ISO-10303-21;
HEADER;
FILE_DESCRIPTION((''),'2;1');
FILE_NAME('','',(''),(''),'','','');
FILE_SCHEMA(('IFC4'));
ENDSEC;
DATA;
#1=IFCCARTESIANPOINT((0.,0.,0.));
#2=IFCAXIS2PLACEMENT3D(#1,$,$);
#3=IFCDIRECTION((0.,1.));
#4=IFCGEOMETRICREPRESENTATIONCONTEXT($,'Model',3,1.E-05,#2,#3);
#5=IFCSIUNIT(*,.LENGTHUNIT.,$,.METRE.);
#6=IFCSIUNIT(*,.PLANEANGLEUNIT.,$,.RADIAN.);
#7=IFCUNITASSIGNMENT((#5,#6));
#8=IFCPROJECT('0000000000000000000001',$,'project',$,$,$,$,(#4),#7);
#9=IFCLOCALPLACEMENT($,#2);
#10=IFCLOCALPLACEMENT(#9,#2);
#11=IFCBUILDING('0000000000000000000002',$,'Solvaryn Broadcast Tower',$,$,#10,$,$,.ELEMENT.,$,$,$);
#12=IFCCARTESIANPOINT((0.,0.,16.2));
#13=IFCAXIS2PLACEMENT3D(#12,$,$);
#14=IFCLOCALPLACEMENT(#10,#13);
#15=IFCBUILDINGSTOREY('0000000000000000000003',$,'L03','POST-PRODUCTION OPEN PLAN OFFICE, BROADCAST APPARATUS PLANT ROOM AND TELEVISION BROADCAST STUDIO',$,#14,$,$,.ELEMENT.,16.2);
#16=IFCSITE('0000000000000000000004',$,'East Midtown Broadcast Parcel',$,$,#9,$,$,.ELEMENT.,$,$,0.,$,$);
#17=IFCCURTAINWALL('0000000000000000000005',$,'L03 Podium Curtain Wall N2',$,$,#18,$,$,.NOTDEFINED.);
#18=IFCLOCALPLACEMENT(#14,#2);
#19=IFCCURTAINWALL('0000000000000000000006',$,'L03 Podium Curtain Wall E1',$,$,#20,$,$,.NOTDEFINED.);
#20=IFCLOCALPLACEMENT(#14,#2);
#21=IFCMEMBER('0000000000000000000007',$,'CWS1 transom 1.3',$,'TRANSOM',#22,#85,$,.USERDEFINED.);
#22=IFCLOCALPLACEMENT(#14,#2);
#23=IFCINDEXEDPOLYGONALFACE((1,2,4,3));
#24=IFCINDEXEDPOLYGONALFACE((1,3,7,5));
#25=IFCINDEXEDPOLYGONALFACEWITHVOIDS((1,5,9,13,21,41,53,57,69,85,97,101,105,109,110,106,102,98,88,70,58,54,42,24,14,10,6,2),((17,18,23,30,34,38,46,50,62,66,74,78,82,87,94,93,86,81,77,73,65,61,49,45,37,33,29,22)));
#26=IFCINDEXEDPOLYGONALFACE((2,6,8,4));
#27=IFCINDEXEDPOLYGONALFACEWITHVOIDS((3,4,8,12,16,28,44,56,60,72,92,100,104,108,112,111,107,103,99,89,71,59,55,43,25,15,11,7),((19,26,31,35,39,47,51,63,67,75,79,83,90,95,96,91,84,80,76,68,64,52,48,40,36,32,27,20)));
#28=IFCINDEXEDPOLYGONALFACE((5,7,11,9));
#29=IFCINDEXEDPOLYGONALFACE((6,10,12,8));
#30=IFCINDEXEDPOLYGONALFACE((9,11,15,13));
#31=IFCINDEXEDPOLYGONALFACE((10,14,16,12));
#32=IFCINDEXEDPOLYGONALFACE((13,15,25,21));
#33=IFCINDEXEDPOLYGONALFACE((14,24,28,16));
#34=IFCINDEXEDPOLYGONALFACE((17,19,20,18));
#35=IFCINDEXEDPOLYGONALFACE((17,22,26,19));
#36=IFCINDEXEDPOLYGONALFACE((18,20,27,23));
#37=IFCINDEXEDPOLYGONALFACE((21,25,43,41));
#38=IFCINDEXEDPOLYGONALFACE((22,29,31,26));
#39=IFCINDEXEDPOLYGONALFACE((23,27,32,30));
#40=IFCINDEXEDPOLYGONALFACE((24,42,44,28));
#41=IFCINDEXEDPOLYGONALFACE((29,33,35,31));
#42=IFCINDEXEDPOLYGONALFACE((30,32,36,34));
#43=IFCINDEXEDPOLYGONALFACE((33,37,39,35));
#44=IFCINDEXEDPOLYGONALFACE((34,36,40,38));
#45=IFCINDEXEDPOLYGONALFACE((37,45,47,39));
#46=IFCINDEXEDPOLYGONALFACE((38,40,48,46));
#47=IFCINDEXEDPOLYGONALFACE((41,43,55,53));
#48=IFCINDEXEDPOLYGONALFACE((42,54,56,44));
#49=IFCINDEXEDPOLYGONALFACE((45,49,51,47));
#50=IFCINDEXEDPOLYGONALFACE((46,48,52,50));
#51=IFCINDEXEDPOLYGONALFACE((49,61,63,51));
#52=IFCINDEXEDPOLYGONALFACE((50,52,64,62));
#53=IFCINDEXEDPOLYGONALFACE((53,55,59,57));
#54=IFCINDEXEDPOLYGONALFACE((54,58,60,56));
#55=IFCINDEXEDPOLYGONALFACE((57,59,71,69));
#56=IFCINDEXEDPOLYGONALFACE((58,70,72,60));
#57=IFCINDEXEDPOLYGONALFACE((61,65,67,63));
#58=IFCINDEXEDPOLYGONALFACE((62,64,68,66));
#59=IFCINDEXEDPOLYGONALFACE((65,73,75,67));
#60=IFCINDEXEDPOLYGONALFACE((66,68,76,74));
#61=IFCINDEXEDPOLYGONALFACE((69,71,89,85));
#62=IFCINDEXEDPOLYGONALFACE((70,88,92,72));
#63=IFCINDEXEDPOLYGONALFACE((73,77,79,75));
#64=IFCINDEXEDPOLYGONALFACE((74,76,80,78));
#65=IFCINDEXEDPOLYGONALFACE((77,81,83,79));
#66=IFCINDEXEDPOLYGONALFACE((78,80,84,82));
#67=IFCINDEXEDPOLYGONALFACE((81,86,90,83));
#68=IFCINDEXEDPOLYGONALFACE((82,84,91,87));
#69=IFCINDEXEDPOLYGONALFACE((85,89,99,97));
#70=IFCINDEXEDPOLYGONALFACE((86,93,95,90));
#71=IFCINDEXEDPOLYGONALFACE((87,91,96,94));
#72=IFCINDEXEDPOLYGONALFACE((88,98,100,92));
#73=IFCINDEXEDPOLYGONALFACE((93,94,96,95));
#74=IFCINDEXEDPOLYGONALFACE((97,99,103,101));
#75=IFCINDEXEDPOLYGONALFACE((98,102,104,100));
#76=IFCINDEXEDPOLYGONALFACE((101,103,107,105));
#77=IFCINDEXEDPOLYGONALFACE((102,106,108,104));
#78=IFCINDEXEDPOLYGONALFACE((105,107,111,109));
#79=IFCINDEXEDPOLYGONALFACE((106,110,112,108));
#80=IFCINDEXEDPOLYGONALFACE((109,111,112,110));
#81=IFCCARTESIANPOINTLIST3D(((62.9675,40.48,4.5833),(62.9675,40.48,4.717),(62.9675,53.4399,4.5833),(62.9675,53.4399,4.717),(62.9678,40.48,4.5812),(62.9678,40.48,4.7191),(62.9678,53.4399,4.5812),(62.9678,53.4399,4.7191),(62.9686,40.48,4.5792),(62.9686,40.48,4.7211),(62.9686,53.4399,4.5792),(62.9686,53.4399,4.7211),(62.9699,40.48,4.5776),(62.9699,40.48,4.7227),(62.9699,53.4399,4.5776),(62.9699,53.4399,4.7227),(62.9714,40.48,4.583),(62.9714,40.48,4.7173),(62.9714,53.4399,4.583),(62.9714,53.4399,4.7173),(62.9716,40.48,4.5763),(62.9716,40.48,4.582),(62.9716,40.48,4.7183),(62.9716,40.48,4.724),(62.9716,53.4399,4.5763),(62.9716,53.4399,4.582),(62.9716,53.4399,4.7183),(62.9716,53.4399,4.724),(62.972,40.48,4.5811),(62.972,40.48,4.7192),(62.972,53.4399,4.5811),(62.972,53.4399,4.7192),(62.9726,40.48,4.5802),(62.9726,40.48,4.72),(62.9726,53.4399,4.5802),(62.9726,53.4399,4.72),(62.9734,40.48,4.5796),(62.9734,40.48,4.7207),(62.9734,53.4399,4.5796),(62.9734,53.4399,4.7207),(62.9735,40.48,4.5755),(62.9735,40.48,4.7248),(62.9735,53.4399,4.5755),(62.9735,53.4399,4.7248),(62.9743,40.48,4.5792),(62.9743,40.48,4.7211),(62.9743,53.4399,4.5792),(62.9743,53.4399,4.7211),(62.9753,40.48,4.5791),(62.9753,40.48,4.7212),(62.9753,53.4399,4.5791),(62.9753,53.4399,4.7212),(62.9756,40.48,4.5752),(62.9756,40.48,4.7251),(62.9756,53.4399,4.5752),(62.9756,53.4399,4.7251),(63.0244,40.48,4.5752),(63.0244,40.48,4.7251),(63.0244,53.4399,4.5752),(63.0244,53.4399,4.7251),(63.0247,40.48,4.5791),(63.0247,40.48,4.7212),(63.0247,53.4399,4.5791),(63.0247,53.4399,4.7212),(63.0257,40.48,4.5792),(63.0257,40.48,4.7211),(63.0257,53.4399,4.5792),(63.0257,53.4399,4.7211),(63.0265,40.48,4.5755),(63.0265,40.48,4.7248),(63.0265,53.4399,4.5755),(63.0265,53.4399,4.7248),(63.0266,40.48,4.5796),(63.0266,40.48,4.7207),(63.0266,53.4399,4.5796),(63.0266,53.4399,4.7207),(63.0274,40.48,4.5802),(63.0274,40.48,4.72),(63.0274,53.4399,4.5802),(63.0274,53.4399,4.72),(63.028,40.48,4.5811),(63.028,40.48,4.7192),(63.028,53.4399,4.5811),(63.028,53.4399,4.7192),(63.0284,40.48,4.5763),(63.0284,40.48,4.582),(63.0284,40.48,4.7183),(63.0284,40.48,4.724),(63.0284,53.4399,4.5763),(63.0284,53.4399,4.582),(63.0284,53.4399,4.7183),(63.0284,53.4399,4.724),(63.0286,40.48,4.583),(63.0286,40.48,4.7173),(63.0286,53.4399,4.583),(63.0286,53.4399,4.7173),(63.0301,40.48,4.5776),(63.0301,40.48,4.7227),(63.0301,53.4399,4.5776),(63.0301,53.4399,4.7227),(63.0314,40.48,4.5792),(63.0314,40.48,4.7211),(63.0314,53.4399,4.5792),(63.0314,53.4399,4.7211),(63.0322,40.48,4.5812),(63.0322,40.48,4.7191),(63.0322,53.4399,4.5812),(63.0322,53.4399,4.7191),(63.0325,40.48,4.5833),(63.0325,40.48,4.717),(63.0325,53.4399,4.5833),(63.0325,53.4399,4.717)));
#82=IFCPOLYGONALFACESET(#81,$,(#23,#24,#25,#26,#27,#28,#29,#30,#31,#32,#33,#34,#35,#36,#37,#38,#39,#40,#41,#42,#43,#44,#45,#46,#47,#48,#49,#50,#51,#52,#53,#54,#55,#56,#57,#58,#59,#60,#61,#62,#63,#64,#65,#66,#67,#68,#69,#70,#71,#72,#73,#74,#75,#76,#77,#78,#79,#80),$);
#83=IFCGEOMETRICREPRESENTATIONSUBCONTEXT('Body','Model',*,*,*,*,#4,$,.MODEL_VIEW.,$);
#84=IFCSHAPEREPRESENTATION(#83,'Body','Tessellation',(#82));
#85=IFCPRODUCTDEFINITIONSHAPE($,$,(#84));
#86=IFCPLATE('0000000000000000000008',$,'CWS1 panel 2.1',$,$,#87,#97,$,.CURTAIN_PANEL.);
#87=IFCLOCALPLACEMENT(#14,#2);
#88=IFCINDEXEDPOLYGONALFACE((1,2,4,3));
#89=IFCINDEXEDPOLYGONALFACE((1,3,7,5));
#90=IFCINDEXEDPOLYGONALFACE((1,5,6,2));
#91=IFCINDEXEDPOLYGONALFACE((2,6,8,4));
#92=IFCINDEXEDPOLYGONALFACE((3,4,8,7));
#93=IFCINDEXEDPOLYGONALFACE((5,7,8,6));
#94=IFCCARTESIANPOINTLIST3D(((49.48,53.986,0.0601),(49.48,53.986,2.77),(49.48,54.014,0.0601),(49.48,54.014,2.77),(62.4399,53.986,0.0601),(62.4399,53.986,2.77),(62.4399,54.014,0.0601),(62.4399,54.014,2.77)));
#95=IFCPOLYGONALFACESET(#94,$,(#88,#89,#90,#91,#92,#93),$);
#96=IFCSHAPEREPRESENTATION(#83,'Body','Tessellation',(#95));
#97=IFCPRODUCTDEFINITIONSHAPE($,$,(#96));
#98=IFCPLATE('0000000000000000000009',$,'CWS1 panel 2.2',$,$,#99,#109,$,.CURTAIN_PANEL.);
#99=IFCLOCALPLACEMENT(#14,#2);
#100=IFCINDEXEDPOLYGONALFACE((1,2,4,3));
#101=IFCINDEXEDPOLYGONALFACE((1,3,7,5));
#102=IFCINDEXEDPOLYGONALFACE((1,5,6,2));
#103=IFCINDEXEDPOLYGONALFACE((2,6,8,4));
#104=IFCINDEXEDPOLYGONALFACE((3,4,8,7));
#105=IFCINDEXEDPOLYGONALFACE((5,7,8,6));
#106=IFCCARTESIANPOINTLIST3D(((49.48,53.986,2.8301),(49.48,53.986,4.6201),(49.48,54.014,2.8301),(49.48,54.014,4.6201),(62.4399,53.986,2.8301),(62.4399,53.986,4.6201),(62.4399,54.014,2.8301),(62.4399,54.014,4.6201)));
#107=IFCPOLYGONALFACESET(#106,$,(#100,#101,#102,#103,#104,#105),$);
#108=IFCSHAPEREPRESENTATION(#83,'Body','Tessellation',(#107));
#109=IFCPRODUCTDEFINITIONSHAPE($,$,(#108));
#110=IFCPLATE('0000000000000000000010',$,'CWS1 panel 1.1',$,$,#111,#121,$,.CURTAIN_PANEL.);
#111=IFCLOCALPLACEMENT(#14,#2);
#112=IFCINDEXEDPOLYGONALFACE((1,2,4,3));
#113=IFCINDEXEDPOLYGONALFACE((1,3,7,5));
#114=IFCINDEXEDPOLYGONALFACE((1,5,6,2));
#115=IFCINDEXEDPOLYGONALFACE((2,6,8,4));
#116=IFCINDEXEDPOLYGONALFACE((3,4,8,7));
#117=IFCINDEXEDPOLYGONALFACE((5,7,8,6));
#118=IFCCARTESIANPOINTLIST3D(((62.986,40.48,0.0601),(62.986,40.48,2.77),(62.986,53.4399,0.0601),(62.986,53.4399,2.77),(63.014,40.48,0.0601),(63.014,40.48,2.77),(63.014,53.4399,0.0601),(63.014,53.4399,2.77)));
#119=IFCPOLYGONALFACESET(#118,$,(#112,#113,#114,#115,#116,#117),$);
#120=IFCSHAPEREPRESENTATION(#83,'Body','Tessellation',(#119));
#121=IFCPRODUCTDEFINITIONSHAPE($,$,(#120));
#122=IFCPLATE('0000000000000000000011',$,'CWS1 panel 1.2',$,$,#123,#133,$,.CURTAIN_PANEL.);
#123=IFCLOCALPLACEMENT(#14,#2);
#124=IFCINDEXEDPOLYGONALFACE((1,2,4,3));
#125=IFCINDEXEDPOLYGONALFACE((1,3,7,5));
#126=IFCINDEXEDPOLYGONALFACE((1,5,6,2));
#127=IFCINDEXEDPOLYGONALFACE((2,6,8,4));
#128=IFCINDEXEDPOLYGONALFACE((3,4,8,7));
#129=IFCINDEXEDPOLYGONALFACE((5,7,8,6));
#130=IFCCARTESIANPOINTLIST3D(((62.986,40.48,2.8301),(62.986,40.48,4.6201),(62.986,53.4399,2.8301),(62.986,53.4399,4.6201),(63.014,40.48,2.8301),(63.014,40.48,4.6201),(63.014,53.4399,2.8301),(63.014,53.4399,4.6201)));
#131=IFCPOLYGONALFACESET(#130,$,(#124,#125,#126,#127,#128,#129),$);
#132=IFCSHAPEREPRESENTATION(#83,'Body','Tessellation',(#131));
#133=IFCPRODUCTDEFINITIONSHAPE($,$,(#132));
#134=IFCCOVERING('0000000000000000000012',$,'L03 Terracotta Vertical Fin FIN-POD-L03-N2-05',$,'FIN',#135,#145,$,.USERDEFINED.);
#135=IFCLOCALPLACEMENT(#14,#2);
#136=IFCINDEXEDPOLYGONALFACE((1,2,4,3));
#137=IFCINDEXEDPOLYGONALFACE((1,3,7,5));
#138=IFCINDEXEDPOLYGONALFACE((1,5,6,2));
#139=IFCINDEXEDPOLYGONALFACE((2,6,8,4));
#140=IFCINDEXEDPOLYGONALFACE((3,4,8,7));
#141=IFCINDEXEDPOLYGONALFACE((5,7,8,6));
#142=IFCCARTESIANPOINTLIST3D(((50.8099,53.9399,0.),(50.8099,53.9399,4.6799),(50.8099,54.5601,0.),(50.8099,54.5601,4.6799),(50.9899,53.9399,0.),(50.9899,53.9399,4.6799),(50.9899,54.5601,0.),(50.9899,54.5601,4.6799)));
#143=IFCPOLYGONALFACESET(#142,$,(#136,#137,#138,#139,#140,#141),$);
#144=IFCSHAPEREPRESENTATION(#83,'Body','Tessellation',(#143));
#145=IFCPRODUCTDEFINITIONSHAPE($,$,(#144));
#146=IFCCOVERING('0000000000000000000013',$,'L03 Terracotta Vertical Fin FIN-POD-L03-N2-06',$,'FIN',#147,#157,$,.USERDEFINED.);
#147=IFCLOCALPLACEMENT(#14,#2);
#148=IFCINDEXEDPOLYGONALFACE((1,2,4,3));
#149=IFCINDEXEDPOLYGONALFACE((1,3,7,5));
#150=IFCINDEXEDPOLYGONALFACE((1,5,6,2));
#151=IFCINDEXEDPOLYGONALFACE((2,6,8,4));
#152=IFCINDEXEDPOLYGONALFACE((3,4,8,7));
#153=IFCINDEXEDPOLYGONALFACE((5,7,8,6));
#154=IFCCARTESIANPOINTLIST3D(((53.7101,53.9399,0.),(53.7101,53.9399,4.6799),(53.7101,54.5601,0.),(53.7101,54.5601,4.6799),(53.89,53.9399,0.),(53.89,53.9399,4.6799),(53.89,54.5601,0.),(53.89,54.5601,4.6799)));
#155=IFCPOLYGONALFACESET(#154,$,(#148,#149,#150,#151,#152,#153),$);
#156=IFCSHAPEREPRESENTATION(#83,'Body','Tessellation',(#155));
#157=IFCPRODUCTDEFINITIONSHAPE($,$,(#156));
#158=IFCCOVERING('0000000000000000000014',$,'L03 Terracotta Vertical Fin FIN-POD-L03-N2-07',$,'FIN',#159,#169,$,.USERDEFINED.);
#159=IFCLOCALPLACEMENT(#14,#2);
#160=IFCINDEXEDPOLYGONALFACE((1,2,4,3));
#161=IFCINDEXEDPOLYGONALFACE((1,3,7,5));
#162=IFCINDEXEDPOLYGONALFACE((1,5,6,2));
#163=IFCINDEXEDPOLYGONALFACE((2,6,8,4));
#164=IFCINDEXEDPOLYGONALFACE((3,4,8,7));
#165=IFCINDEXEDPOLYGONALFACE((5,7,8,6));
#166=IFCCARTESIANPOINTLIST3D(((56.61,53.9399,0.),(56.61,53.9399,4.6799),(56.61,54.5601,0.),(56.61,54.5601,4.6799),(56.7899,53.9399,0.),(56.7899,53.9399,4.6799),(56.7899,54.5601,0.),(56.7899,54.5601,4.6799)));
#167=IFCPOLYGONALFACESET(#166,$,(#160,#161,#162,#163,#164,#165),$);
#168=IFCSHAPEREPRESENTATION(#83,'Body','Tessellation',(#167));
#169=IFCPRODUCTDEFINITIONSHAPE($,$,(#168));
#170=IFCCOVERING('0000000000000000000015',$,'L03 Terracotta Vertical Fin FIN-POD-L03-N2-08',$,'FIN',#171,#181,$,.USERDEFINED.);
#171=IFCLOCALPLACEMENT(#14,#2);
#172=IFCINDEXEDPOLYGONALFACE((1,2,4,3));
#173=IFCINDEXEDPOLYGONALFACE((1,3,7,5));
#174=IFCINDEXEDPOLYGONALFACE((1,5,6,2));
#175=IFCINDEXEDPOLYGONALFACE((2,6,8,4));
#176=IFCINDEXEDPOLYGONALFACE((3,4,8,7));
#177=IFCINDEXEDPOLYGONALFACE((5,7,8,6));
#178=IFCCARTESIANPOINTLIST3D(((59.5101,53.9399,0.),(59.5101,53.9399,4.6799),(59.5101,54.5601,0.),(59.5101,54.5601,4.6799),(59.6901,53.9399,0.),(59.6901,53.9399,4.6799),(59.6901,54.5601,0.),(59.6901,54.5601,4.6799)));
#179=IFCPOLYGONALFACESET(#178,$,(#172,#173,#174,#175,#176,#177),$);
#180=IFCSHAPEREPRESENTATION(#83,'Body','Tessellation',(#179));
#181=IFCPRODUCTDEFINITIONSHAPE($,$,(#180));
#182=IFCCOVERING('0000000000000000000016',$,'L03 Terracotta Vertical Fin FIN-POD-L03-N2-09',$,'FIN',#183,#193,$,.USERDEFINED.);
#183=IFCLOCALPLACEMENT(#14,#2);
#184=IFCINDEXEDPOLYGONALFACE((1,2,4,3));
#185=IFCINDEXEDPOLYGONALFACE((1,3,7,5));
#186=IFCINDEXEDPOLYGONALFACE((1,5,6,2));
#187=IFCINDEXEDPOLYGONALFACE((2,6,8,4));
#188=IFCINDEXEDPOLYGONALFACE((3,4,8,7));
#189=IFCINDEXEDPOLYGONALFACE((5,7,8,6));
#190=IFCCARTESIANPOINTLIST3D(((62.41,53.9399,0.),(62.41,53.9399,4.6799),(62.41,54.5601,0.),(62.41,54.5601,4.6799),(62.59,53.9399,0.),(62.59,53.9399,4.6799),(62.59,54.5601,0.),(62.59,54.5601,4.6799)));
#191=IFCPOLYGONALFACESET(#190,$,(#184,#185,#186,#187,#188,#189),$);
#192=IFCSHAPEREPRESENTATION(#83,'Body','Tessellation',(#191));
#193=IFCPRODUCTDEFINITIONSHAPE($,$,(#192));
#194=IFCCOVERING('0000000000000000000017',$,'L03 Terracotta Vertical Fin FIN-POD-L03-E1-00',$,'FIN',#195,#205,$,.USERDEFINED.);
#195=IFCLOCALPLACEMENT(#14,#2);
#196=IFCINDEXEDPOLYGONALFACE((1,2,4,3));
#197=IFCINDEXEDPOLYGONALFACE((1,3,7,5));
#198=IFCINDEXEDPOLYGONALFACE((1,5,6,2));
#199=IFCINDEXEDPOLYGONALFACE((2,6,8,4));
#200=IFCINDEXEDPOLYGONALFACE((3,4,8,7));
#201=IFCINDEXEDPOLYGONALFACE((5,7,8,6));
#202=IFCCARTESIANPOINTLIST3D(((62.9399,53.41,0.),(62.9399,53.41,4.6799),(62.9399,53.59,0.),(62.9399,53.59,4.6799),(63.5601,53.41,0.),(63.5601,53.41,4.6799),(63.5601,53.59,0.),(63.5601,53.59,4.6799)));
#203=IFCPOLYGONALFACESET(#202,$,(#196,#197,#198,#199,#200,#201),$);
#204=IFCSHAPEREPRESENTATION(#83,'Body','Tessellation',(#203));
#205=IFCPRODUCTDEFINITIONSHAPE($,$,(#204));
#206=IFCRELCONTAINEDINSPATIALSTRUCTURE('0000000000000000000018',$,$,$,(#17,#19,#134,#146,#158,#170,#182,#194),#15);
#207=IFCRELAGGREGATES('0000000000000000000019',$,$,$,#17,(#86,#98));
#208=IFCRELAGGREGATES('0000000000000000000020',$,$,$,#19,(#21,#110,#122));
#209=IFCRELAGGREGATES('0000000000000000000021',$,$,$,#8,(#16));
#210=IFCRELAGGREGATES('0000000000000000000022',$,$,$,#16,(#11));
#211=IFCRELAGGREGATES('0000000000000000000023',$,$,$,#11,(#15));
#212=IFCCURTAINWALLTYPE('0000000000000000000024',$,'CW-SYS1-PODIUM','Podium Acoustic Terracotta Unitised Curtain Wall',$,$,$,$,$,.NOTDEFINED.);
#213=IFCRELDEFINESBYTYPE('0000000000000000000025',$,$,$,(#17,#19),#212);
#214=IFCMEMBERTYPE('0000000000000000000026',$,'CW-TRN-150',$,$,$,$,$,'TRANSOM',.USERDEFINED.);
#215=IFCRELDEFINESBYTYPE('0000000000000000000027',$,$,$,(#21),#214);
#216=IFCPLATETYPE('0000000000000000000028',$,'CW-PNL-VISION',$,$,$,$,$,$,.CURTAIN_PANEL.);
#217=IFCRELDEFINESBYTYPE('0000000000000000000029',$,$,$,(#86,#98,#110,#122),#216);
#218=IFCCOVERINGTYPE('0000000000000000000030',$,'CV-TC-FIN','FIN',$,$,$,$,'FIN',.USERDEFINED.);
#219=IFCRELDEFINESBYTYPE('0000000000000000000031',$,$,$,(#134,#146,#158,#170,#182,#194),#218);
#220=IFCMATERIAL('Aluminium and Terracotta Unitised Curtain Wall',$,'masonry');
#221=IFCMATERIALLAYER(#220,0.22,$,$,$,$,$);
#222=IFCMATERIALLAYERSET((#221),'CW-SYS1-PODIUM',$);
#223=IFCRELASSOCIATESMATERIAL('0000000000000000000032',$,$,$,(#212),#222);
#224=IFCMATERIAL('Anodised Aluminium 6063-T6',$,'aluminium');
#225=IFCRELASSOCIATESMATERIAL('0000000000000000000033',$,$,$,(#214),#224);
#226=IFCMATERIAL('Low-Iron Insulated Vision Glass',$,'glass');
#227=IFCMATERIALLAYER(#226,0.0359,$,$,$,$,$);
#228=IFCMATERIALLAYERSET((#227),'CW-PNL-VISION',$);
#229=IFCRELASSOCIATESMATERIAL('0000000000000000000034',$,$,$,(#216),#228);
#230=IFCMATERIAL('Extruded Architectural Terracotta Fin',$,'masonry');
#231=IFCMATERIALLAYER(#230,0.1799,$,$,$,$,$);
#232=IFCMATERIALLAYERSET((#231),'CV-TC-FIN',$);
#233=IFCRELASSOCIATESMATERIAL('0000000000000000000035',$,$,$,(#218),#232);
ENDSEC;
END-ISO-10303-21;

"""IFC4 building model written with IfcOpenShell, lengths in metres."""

from ifc_helpers import new_model, si_unit, direction, frame, origin, origin_2d, place, context, subcontext, project, spatial, rectangle, hollow_rectangle, extrude, material, layer, layer_set, material_profile, profile_set, type_object, element, aggregate, save


model = new_model("IFC4")

# Units and contexts
model_context = context("Model", 3, precision=1e-05, world=origin(), true_north=direction((0.0, 1.0)))
body_context = subcontext(model_context, "Body", "Model", "MODEL_VIEW")
ifc_project = project(units=[si_unit("LENGTHUNIT", "METRE"), si_unit("PLANEANGLEUNIT", "RADIAN")], contexts=[model_context])

# Site, building, storey
site_placement = place(None, origin())
site = spatial("IfcSite", under=ifc_project, at=site_placement, Name="East Midtown Broadcast Parcel", CompositionType="ELEMENT", RefElevation=0.0)
building_placement = place(site_placement, origin())
building = spatial("IfcBuilding", under=site, at=building_placement, Name="Solvaryn Broadcast Tower", CompositionType="ELEMENT")
storey_placement = place(building_placement, frame((0.0, 0.0, 16.2)))
storey = spatial("IfcBuildingStorey", under=building, at=storey_placement, Name="L03", Description="POST-PRODUCTION OPEN PLAN OFFICE, BROADCAST APPARATUS PLANT ROOM AND TELEVISION BROADCAST STUDIO", CompositionType="ELEMENT", Elevation=16.2)

# Curtain walls
ifc_material_1 = material(Name="Aluminium and Terracotta Unitised Curtain Wall", Category="masonry")
ifc_layer_1 = layer(ifc_material_1, 0.22)
ifc_layer_set_1 = layer_set([ifc_layer_1], Name="CW-SYS1-PODIUM")
curtain_wall_type = type_object("IfcCurtainWallType", Name="CW-SYS1-PODIUM", Description="Podium Acoustic Terracotta Unitised Curtain Wall", PredefinedType="NOTDEFINED", material=ifc_layer_set_1)
curtain_wall_1_placement = place(storey_placement, origin())
curtain_wall_1 = element("IfcCurtainWall", 1, at=curtain_wall_1_placement, inside=storey, type_object=curtain_wall_type, Name="L03 Podium Curtain Wall N2", PredefinedType="NOTDEFINED")
curtain_wall_2_placement = place(storey_placement, origin())
curtain_wall_2 = element("IfcCurtainWall", 2, at=curtain_wall_2_placement, inside=storey, type_object=curtain_wall_type, Name="L03 Podium Curtain Wall E1", PredefinedType="NOTDEFINED")

# Member
ifc_material_2 = material(Name="Anodised Aluminium 6063-T6", Category="aluminium")
ifc_material_profile_1 = material_profile(ifc_material_2, hollow_rectangle(XDim=0.0649, YDim=0.1499, WallThickness=0.0039, InnerFilletRadius=0.0039, OuterFilletRadius=0.0081, at=origin_2d()))
ifc_profile_set_1 = profile_set([ifc_material_profile_1], Name="Anodised Aluminium 6063-T6")
member_type_1 = type_object("IfcMemberType", Name="CW-TRN-150", ElementType="TRANSOM", PredefinedType="USERDEFINED", material=ifc_profile_set_1)
member_1_placement = place(storey_placement, frame((63.0, 53.4399, 4.6501), z_axis=(0.0, -1.0, 0.0), x_axis=(1.0, 0.0, 0.0)))
member_1 = element("IfcMember", 3, at=member_1_placement, type_object=member_type_1, Name="CWS1 transom 1.3", ObjectType="TRANSOM", PredefinedType="USERDEFINED", context=body_context, shape_type="SweptSolid", body=[
    extrude(hollow_rectangle(XDim=0.0649, YDim=0.1499, WallThickness=0.0039, InnerFilletRadius=0.0039, OuterFilletRadius=0.0081, at=origin_2d()), origin(), (0.0, 0.0, 1.0), 12.96),
])

# Plates
ifc_material_3 = material(Name="Low-Iron Insulated Vision Glass", Category="glass")
ifc_layer_2 = layer(ifc_material_3, 0.0359)
ifc_layer_set_2 = layer_set([ifc_layer_2], Name="CW-PNL-VISION")
plate_type = type_object("IfcPlateType", Name="CW-PNL-VISION", PredefinedType="CURTAIN_PANEL", material=ifc_layer_set_2)
plate_1_placement = place(storey_placement, frame((55.96, 54.0, 0.0601), z_axis=(0.0, 0.0, 1.0), x_axis=(1.0, 0.0, 0.0)))
plate_1 = element("IfcPlate", 4, at=plate_1_placement, type_object=plate_type, Name="CWS1 panel 2.1", PredefinedType="CURTAIN_PANEL", context=body_context, shape_type="SweptSolid", body=[
    extrude(rectangle(XDim=12.96, YDim=0.0281, at=origin_2d()), origin(), (0.0, 0.0, 1.0), 2.71),
])
plate_2_placement = place(storey_placement, frame((55.96, 54.0, 2.8301), z_axis=(0.0, 0.0, 1.0), x_axis=(1.0, 0.0, 0.0)))
plate_2 = element("IfcPlate", 5, at=plate_2_placement, type_object=plate_type, Name="CWS1 panel 2.2", PredefinedType="CURTAIN_PANEL", context=body_context, shape_type="SweptSolid", body=[
    extrude(rectangle(XDim=12.96, YDim=0.0281, at=origin_2d()), origin(), (0.0, 0.0, 1.0), 1.79),
])
aggregate(curtain_wall_1, [plate_1, plate_2])
plate_3_placement = place(storey_placement, frame((63.0, 46.96, 0.0601), z_axis=(0.0, 0.0, 1.0), x_axis=(0.0, -1.0, 0.0)))
plate_3 = element("IfcPlate", 6, at=plate_3_placement, type_object=plate_type, Name="CWS1 panel 1.1", PredefinedType="CURTAIN_PANEL", context=body_context, shape_type="SweptSolid", body=[
    extrude(rectangle(XDim=12.96, YDim=0.0281, at=origin_2d()), origin(), (0.0, 0.0, 1.0), 2.71),
])
plate_4_placement = place(storey_placement, frame((63.0, 46.96, 2.8301), z_axis=(0.0, 0.0, 1.0), x_axis=(0.0, -1.0, 0.0)))
plate_4 = element("IfcPlate", 7, at=plate_4_placement, type_object=plate_type, Name="CWS1 panel 1.2", PredefinedType="CURTAIN_PANEL", context=body_context, shape_type="SweptSolid", body=[
    extrude(rectangle(XDim=12.96, YDim=0.0281, at=origin_2d()), origin(), (0.0, 0.0, 1.0), 1.79),
])
aggregate(curtain_wall_2, [member_1, plate_3, plate_4])

# Coverings
ifc_material_4 = material(Name="Extruded Architectural Terracotta Fin", Category="masonry")
ifc_layer_3 = layer(ifc_material_4, 0.1799)
ifc_layer_set_3 = layer_set([ifc_layer_3], Name="CV-TC-FIN")
covering_type = type_object("IfcCoveringType", Name="CV-TC-FIN", Description="FIN", ElementType="FIN", PredefinedType="USERDEFINED", material=ifc_layer_set_3)
for number, where, z_axis, x_axis, name in (
    (8, (50.8999, 54.25, 0.0), (0.0, 0.0, 1.0), (1.0, 0.0, 0.0), "L03 Terracotta Vertical Fin FIN-POD-L03-N2-05"),
    (9, (53.8, 54.25, 0.0), (0.0, 0.0, 1.0), (1.0, 0.0, 0.0), "L03 Terracotta Vertical Fin FIN-POD-L03-N2-06"),
    (10, (56.7, 54.25, 0.0), (0.0, 0.0, 1.0), (1.0, 0.0, 0.0), "L03 Terracotta Vertical Fin FIN-POD-L03-N2-07"),
    (11, (59.6001, 54.25, 0.0), (0.0, 0.0, 1.0), (1.0, 0.0, 0.0), "L03 Terracotta Vertical Fin FIN-POD-L03-N2-08"),
    (12, (62.5, 54.25, 0.0), (0.0, 0.0, 1.0), (1.0, 0.0, 0.0), "L03 Terracotta Vertical Fin FIN-POD-L03-N2-09"),
):
    element("IfcCovering", number, at=place(storey_placement, frame(where, z_axis=z_axis, x_axis=x_axis)), inside=storey, type_object=covering_type, Name=name, ObjectType="FIN", PredefinedType="USERDEFINED", context=body_context, shape_type="SweptSolid", body=[
        extrude(rectangle(XDim=0.1799, YDim=0.6201, at=origin_2d()), origin(), (0.0, 0.0, 1.0), 4.6799),
    ])
for number, where, z_axis, x_axis, name in (
    (13, (63.25, 53.5, 0.0), (0.0, 0.0, 1.0), (1.0, 0.0, 0.0), "L03 Terracotta Vertical Fin FIN-POD-L03-E1-00"),
):
    element("IfcCovering", number, at=place(storey_placement, frame(where, z_axis=z_axis, x_axis=x_axis)), inside=storey, type_object=covering_type, Name=name, ObjectType="FIN", PredefinedType="USERDEFINED", context=body_context, shape_type="SweptSolid", body=[
        extrude(rectangle(XDim=0.6201, YDim=0.1799, at=origin_2d()), origin(), (0.0, 0.0, 1.0), 4.6799),
    ])

save(model, "model.ifc")
